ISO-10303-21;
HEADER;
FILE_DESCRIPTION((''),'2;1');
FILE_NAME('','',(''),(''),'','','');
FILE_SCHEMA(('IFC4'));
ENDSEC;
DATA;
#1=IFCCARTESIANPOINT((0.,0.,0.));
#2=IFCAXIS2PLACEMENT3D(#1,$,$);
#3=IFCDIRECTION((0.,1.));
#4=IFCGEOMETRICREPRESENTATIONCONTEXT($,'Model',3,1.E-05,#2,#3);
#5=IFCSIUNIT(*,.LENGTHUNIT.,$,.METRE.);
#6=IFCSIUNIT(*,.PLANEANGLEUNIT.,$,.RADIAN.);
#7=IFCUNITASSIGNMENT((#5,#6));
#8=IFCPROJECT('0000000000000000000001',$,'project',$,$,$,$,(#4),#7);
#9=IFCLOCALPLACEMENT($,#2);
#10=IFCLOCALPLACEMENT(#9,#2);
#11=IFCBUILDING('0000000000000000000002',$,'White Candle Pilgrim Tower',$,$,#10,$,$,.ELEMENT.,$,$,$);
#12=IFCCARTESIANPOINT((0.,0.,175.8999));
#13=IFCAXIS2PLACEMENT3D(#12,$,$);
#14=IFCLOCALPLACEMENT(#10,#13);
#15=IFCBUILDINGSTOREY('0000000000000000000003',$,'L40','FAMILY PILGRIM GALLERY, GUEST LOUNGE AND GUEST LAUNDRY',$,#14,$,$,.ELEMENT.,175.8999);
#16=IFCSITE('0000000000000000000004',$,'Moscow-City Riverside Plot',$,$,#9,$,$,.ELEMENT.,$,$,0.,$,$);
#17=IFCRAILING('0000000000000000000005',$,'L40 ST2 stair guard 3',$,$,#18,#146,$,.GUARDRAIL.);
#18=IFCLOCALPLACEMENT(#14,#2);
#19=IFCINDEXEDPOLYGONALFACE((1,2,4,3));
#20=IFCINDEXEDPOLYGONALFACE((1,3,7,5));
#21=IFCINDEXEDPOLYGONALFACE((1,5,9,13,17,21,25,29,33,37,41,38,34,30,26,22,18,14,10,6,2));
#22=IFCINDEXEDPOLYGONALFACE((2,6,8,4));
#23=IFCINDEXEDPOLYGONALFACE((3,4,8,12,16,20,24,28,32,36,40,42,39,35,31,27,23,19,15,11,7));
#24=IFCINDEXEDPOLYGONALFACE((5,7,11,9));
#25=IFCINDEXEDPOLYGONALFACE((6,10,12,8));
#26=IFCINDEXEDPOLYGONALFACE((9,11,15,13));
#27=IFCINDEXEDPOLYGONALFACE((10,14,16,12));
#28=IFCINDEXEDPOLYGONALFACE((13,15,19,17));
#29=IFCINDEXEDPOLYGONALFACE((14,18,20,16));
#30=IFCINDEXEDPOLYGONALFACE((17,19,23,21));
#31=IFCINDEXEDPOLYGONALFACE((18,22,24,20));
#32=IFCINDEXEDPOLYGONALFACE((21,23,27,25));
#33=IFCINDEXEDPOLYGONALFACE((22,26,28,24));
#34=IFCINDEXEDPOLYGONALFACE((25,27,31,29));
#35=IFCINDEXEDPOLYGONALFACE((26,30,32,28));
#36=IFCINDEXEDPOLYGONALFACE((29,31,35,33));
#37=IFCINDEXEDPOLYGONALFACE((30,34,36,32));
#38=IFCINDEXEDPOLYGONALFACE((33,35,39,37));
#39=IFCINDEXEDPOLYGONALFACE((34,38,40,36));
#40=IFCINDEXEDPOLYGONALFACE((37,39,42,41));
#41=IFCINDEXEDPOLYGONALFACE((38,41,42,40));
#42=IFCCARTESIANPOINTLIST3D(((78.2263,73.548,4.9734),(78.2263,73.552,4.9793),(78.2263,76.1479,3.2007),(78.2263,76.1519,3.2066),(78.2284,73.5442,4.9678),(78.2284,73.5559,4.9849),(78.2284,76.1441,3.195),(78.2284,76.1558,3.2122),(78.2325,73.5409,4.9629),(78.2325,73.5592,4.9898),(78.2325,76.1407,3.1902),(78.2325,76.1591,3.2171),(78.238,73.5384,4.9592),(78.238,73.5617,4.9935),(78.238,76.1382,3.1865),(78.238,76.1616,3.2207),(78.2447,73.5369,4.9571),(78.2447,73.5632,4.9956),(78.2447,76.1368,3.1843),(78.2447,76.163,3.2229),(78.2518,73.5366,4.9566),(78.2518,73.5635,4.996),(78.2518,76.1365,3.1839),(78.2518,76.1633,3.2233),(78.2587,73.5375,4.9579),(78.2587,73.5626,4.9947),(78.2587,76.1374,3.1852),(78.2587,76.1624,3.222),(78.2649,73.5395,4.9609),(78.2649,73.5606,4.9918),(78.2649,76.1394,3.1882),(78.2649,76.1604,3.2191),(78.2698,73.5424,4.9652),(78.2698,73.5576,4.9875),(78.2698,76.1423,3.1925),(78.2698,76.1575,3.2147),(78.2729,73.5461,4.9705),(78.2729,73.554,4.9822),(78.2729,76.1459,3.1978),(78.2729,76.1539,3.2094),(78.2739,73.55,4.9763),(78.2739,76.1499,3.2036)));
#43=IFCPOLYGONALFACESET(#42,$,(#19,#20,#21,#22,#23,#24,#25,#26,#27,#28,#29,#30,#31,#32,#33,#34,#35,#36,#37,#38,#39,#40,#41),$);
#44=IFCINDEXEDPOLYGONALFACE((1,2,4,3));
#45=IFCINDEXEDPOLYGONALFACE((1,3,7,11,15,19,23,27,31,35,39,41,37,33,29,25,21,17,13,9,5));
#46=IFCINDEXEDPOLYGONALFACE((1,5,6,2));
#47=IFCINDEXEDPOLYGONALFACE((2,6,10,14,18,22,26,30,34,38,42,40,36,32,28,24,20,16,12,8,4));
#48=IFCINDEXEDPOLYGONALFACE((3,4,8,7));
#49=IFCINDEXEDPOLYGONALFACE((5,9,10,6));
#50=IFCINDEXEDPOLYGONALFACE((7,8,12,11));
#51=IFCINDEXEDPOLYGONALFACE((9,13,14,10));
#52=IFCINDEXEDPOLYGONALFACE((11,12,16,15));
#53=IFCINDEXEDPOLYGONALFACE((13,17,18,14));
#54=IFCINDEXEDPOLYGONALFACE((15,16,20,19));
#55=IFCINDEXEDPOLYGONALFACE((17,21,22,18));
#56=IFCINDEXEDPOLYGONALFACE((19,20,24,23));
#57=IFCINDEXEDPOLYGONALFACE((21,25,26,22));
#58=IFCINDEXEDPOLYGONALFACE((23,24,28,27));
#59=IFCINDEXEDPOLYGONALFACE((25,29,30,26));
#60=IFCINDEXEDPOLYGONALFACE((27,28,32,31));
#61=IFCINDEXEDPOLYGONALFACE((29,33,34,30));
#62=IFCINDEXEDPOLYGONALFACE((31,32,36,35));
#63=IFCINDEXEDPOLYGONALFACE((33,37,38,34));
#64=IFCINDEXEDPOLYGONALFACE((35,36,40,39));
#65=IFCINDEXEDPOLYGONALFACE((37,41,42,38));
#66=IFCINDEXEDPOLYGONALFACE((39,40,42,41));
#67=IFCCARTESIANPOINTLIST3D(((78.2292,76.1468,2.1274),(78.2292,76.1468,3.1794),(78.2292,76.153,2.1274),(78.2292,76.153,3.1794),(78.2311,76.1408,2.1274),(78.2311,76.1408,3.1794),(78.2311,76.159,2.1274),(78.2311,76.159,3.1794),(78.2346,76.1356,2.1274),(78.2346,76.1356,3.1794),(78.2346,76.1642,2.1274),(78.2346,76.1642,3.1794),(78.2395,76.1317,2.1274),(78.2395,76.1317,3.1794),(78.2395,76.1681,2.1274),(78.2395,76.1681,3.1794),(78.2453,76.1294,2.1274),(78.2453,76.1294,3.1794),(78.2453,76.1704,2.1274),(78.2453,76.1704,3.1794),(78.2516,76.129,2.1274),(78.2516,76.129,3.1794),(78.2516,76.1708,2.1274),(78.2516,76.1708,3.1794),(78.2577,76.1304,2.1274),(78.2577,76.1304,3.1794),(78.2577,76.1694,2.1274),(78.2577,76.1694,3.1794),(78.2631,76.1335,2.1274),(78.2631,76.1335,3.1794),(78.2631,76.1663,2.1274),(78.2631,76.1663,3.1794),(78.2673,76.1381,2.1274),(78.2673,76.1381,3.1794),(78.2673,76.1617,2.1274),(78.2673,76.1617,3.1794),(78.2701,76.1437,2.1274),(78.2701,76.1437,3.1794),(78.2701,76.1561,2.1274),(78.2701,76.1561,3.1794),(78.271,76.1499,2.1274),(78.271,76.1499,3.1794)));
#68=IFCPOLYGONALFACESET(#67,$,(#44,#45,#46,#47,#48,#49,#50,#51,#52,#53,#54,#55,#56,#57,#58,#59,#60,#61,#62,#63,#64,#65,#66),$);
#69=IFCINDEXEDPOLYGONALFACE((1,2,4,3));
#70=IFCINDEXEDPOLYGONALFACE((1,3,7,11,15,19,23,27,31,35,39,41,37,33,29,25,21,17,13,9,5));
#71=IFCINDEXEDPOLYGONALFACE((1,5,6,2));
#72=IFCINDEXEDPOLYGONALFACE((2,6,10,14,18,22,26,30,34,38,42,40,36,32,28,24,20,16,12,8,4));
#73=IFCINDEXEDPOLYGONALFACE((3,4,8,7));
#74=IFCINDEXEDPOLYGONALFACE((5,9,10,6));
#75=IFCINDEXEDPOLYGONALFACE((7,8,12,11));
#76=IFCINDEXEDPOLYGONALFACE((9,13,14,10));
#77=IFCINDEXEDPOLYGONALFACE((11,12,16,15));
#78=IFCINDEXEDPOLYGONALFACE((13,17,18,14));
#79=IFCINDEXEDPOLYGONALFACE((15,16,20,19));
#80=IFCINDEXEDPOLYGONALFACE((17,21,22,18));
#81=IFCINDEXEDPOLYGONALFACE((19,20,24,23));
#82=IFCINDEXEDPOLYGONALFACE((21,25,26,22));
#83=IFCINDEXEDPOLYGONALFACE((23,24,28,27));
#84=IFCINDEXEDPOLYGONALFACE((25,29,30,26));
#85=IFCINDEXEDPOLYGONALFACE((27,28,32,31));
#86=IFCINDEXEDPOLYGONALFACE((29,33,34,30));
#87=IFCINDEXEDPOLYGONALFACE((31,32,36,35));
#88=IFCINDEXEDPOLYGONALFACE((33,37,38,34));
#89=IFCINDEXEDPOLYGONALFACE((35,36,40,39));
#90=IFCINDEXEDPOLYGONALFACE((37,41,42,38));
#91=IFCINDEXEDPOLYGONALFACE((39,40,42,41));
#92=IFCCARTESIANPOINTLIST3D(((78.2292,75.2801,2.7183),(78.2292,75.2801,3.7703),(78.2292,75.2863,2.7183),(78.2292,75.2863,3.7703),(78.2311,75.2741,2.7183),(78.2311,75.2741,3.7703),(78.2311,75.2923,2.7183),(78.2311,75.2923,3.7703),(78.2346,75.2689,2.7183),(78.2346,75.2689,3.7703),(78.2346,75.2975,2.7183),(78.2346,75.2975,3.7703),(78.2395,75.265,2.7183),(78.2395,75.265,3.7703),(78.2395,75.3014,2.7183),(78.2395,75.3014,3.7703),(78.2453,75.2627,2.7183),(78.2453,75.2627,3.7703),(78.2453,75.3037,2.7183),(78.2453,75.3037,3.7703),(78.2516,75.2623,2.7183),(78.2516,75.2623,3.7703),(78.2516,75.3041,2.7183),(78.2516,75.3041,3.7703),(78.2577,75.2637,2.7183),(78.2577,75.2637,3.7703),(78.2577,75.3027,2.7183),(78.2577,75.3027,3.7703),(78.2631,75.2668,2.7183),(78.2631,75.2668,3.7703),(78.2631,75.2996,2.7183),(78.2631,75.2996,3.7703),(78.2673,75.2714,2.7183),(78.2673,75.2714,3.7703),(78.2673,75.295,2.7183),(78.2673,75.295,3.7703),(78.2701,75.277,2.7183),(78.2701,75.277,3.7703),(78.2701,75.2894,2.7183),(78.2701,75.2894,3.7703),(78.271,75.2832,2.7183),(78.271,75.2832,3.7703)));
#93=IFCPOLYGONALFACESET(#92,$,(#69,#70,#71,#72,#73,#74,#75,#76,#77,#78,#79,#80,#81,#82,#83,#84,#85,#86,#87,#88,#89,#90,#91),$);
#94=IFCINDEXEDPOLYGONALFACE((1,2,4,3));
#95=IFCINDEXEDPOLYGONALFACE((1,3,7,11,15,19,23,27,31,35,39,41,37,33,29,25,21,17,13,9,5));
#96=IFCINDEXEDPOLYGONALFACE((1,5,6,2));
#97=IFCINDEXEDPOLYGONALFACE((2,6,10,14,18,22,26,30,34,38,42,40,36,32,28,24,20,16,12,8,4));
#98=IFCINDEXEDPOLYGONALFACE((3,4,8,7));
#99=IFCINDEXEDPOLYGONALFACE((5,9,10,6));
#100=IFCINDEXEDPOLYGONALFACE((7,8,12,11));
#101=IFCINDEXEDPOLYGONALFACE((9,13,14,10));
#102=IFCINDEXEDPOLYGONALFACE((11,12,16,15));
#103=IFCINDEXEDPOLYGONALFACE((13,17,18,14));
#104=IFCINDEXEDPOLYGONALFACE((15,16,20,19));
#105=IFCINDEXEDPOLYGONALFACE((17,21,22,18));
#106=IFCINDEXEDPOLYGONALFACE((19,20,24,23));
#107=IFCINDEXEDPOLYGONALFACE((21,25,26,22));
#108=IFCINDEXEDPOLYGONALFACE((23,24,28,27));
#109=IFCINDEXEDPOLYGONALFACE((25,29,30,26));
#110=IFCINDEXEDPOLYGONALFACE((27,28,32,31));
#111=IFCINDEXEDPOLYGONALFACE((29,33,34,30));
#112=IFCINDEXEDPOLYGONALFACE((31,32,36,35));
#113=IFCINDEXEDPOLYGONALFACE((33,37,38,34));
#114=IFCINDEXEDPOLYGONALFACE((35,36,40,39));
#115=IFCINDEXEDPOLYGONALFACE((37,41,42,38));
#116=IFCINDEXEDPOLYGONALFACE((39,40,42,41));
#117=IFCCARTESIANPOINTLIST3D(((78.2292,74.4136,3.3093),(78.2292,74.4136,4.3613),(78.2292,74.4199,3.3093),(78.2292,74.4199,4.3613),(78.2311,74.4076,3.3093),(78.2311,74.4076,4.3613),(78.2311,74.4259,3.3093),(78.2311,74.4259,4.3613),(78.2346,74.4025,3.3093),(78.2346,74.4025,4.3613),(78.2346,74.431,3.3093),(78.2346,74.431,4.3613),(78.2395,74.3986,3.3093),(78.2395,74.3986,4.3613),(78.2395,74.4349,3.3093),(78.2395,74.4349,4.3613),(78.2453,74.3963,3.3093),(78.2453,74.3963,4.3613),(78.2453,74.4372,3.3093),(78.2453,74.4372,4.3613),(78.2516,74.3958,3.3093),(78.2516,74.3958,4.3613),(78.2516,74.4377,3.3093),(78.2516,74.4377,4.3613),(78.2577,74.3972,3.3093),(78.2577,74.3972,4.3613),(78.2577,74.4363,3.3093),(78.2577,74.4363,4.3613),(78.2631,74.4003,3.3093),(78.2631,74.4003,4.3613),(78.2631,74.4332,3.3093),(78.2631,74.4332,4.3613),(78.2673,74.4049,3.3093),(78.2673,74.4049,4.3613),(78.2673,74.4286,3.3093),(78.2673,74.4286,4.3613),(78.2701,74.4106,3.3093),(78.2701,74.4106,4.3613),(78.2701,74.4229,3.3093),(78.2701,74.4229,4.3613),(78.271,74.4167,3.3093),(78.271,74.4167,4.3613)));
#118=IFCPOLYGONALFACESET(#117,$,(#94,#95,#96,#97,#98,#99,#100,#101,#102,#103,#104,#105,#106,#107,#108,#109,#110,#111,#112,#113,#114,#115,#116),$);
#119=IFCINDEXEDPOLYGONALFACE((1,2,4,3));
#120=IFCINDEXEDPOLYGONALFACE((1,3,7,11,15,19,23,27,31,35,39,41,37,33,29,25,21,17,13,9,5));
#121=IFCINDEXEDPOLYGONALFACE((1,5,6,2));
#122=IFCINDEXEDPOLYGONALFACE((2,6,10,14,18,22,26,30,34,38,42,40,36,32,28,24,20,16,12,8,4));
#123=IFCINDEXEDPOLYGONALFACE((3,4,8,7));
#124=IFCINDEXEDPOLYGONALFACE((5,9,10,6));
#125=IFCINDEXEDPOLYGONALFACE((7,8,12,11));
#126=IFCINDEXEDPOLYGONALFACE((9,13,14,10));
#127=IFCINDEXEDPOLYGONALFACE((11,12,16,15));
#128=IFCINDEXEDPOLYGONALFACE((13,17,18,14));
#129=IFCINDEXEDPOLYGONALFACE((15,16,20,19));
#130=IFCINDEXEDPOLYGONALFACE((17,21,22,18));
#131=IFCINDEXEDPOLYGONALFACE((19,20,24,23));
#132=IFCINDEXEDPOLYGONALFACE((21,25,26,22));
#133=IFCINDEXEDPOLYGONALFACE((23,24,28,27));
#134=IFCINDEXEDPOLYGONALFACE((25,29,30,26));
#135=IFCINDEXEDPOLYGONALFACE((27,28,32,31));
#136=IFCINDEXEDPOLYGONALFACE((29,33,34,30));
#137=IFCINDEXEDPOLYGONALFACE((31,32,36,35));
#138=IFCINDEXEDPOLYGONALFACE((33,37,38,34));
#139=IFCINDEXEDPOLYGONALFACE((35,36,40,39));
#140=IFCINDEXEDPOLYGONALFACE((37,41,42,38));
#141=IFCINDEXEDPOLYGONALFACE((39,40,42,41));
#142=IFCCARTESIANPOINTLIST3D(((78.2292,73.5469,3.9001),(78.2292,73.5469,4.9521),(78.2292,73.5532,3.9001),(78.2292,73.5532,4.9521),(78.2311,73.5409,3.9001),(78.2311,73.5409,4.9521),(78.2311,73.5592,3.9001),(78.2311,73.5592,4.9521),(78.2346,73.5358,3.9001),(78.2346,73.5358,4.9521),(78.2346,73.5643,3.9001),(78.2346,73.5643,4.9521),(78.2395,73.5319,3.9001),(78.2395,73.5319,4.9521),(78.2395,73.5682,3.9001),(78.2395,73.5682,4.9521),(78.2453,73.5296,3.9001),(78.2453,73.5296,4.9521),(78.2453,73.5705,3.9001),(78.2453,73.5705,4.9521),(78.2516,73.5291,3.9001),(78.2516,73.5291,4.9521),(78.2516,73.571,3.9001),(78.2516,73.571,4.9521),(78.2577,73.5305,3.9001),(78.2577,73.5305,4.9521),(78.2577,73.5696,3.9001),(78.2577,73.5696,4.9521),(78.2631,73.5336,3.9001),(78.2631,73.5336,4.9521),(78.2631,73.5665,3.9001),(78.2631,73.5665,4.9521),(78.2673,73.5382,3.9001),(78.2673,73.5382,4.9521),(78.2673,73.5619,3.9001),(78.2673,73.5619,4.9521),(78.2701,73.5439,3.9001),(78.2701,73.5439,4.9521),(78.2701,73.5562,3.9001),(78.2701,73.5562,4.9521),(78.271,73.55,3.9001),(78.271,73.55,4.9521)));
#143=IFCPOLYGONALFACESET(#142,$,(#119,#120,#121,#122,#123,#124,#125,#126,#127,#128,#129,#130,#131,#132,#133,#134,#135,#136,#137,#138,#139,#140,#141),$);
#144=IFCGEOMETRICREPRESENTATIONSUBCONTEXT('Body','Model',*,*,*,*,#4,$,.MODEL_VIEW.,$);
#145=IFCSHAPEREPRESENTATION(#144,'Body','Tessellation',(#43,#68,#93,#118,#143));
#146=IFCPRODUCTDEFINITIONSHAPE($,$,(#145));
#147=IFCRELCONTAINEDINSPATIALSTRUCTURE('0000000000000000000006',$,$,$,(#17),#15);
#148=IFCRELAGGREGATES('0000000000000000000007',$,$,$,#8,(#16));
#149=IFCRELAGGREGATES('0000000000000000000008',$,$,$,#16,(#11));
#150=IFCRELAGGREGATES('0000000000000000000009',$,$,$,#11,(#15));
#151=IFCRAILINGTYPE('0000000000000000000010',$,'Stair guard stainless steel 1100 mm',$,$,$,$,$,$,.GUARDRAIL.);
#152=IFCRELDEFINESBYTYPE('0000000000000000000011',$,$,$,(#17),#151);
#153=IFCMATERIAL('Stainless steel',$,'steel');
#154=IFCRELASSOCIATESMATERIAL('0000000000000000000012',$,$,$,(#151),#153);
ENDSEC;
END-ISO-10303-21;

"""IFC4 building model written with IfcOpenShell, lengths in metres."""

from ifc_helpers import new_model, si_unit, direction, frame, origin, origin_2d, place, context, subcontext, project, spatial, circle, extrude, material, type_object, element, save


model = new_model("IFC4")

# Units and contexts
model_context = context("Model", 3, precision=1e-05, world=origin(), true_north=direction((0.0, 1.0)))
body_context = subcontext(model_context, "Body", "Model", "MODEL_VIEW")
ifc_project = project(units=[si_unit("LENGTHUNIT", "METRE"), si_unit("PLANEANGLEUNIT", "RADIAN")], contexts=[model_context])

# Site, building, storey
site_placement = place(None, origin())
site = spatial("IfcSite", under=ifc_project, at=site_placement, Name="Moscow-City Riverside Plot", CompositionType="ELEMENT", RefElevation=0.0)
building_placement = place(site_placement, origin())
building = spatial("IfcBuilding", under=site, at=building_placement, Name="White Candle Pilgrim Tower", CompositionType="ELEMENT")
storey_placement = place(building_placement, frame((0.0, 0.0, 175.8999)))
storey = spatial("IfcBuildingStorey", under=building, at=storey_placement, Name="L40", Description="FAMILY PILGRIM GALLERY, GUEST LOUNGE AND GUEST LAUNDRY", CompositionType="ELEMENT", Elevation=175.8999)

# Railing
ifc_material_1 = material(Name="Stainless steel", Category="steel")
railing_type_1 = type_object("IfcRailingType", Name="Stair guard stainless steel 1100 mm", PredefinedType="GUARDRAIL", material=ifc_material_1)
railing_1_placement = place(storey_placement, frame((78.25, 76.1499, 2.1274)))
element("IfcRailing", 1, at=railing_1_placement, inside=storey, type_object=railing_type_1, Name="L40 ST2 stair guard 3", PredefinedType="GUARDRAIL", context=body_context, shape_type="SweptSolid", body=[
    extrude(circle(Radius=0.0239, at=origin_2d()), frame((0.0, 0.0, 1.0762), z_axis=(0.0, -0.826216, 0.563354), x_axis=(1.0, 0.0, 0.0)), (0.0, 0.0, 1.0), 3.1467),
    extrude(circle(Radius=0.021, at=origin_2d()), origin(), (0.0, 0.0, 1.0), 1.052),
    extrude(circle(Radius=0.021, at=origin_2d()), frame((0.0, -0.8667, 0.5908)), (0.0, 0.0, 1.0), 1.052),
    extrude(circle(Radius=0.021, at=origin_2d()), frame((0.0, -1.7332, 1.1819)), (0.0, 0.0, 1.0), 1.052),
    extrude(circle(Radius=0.021, at=origin_2d()), frame((0.0, -2.5999, 1.7727)), (0.0, 0.0, 1.0), 1.052),
])

save(model, "model.ifc")
